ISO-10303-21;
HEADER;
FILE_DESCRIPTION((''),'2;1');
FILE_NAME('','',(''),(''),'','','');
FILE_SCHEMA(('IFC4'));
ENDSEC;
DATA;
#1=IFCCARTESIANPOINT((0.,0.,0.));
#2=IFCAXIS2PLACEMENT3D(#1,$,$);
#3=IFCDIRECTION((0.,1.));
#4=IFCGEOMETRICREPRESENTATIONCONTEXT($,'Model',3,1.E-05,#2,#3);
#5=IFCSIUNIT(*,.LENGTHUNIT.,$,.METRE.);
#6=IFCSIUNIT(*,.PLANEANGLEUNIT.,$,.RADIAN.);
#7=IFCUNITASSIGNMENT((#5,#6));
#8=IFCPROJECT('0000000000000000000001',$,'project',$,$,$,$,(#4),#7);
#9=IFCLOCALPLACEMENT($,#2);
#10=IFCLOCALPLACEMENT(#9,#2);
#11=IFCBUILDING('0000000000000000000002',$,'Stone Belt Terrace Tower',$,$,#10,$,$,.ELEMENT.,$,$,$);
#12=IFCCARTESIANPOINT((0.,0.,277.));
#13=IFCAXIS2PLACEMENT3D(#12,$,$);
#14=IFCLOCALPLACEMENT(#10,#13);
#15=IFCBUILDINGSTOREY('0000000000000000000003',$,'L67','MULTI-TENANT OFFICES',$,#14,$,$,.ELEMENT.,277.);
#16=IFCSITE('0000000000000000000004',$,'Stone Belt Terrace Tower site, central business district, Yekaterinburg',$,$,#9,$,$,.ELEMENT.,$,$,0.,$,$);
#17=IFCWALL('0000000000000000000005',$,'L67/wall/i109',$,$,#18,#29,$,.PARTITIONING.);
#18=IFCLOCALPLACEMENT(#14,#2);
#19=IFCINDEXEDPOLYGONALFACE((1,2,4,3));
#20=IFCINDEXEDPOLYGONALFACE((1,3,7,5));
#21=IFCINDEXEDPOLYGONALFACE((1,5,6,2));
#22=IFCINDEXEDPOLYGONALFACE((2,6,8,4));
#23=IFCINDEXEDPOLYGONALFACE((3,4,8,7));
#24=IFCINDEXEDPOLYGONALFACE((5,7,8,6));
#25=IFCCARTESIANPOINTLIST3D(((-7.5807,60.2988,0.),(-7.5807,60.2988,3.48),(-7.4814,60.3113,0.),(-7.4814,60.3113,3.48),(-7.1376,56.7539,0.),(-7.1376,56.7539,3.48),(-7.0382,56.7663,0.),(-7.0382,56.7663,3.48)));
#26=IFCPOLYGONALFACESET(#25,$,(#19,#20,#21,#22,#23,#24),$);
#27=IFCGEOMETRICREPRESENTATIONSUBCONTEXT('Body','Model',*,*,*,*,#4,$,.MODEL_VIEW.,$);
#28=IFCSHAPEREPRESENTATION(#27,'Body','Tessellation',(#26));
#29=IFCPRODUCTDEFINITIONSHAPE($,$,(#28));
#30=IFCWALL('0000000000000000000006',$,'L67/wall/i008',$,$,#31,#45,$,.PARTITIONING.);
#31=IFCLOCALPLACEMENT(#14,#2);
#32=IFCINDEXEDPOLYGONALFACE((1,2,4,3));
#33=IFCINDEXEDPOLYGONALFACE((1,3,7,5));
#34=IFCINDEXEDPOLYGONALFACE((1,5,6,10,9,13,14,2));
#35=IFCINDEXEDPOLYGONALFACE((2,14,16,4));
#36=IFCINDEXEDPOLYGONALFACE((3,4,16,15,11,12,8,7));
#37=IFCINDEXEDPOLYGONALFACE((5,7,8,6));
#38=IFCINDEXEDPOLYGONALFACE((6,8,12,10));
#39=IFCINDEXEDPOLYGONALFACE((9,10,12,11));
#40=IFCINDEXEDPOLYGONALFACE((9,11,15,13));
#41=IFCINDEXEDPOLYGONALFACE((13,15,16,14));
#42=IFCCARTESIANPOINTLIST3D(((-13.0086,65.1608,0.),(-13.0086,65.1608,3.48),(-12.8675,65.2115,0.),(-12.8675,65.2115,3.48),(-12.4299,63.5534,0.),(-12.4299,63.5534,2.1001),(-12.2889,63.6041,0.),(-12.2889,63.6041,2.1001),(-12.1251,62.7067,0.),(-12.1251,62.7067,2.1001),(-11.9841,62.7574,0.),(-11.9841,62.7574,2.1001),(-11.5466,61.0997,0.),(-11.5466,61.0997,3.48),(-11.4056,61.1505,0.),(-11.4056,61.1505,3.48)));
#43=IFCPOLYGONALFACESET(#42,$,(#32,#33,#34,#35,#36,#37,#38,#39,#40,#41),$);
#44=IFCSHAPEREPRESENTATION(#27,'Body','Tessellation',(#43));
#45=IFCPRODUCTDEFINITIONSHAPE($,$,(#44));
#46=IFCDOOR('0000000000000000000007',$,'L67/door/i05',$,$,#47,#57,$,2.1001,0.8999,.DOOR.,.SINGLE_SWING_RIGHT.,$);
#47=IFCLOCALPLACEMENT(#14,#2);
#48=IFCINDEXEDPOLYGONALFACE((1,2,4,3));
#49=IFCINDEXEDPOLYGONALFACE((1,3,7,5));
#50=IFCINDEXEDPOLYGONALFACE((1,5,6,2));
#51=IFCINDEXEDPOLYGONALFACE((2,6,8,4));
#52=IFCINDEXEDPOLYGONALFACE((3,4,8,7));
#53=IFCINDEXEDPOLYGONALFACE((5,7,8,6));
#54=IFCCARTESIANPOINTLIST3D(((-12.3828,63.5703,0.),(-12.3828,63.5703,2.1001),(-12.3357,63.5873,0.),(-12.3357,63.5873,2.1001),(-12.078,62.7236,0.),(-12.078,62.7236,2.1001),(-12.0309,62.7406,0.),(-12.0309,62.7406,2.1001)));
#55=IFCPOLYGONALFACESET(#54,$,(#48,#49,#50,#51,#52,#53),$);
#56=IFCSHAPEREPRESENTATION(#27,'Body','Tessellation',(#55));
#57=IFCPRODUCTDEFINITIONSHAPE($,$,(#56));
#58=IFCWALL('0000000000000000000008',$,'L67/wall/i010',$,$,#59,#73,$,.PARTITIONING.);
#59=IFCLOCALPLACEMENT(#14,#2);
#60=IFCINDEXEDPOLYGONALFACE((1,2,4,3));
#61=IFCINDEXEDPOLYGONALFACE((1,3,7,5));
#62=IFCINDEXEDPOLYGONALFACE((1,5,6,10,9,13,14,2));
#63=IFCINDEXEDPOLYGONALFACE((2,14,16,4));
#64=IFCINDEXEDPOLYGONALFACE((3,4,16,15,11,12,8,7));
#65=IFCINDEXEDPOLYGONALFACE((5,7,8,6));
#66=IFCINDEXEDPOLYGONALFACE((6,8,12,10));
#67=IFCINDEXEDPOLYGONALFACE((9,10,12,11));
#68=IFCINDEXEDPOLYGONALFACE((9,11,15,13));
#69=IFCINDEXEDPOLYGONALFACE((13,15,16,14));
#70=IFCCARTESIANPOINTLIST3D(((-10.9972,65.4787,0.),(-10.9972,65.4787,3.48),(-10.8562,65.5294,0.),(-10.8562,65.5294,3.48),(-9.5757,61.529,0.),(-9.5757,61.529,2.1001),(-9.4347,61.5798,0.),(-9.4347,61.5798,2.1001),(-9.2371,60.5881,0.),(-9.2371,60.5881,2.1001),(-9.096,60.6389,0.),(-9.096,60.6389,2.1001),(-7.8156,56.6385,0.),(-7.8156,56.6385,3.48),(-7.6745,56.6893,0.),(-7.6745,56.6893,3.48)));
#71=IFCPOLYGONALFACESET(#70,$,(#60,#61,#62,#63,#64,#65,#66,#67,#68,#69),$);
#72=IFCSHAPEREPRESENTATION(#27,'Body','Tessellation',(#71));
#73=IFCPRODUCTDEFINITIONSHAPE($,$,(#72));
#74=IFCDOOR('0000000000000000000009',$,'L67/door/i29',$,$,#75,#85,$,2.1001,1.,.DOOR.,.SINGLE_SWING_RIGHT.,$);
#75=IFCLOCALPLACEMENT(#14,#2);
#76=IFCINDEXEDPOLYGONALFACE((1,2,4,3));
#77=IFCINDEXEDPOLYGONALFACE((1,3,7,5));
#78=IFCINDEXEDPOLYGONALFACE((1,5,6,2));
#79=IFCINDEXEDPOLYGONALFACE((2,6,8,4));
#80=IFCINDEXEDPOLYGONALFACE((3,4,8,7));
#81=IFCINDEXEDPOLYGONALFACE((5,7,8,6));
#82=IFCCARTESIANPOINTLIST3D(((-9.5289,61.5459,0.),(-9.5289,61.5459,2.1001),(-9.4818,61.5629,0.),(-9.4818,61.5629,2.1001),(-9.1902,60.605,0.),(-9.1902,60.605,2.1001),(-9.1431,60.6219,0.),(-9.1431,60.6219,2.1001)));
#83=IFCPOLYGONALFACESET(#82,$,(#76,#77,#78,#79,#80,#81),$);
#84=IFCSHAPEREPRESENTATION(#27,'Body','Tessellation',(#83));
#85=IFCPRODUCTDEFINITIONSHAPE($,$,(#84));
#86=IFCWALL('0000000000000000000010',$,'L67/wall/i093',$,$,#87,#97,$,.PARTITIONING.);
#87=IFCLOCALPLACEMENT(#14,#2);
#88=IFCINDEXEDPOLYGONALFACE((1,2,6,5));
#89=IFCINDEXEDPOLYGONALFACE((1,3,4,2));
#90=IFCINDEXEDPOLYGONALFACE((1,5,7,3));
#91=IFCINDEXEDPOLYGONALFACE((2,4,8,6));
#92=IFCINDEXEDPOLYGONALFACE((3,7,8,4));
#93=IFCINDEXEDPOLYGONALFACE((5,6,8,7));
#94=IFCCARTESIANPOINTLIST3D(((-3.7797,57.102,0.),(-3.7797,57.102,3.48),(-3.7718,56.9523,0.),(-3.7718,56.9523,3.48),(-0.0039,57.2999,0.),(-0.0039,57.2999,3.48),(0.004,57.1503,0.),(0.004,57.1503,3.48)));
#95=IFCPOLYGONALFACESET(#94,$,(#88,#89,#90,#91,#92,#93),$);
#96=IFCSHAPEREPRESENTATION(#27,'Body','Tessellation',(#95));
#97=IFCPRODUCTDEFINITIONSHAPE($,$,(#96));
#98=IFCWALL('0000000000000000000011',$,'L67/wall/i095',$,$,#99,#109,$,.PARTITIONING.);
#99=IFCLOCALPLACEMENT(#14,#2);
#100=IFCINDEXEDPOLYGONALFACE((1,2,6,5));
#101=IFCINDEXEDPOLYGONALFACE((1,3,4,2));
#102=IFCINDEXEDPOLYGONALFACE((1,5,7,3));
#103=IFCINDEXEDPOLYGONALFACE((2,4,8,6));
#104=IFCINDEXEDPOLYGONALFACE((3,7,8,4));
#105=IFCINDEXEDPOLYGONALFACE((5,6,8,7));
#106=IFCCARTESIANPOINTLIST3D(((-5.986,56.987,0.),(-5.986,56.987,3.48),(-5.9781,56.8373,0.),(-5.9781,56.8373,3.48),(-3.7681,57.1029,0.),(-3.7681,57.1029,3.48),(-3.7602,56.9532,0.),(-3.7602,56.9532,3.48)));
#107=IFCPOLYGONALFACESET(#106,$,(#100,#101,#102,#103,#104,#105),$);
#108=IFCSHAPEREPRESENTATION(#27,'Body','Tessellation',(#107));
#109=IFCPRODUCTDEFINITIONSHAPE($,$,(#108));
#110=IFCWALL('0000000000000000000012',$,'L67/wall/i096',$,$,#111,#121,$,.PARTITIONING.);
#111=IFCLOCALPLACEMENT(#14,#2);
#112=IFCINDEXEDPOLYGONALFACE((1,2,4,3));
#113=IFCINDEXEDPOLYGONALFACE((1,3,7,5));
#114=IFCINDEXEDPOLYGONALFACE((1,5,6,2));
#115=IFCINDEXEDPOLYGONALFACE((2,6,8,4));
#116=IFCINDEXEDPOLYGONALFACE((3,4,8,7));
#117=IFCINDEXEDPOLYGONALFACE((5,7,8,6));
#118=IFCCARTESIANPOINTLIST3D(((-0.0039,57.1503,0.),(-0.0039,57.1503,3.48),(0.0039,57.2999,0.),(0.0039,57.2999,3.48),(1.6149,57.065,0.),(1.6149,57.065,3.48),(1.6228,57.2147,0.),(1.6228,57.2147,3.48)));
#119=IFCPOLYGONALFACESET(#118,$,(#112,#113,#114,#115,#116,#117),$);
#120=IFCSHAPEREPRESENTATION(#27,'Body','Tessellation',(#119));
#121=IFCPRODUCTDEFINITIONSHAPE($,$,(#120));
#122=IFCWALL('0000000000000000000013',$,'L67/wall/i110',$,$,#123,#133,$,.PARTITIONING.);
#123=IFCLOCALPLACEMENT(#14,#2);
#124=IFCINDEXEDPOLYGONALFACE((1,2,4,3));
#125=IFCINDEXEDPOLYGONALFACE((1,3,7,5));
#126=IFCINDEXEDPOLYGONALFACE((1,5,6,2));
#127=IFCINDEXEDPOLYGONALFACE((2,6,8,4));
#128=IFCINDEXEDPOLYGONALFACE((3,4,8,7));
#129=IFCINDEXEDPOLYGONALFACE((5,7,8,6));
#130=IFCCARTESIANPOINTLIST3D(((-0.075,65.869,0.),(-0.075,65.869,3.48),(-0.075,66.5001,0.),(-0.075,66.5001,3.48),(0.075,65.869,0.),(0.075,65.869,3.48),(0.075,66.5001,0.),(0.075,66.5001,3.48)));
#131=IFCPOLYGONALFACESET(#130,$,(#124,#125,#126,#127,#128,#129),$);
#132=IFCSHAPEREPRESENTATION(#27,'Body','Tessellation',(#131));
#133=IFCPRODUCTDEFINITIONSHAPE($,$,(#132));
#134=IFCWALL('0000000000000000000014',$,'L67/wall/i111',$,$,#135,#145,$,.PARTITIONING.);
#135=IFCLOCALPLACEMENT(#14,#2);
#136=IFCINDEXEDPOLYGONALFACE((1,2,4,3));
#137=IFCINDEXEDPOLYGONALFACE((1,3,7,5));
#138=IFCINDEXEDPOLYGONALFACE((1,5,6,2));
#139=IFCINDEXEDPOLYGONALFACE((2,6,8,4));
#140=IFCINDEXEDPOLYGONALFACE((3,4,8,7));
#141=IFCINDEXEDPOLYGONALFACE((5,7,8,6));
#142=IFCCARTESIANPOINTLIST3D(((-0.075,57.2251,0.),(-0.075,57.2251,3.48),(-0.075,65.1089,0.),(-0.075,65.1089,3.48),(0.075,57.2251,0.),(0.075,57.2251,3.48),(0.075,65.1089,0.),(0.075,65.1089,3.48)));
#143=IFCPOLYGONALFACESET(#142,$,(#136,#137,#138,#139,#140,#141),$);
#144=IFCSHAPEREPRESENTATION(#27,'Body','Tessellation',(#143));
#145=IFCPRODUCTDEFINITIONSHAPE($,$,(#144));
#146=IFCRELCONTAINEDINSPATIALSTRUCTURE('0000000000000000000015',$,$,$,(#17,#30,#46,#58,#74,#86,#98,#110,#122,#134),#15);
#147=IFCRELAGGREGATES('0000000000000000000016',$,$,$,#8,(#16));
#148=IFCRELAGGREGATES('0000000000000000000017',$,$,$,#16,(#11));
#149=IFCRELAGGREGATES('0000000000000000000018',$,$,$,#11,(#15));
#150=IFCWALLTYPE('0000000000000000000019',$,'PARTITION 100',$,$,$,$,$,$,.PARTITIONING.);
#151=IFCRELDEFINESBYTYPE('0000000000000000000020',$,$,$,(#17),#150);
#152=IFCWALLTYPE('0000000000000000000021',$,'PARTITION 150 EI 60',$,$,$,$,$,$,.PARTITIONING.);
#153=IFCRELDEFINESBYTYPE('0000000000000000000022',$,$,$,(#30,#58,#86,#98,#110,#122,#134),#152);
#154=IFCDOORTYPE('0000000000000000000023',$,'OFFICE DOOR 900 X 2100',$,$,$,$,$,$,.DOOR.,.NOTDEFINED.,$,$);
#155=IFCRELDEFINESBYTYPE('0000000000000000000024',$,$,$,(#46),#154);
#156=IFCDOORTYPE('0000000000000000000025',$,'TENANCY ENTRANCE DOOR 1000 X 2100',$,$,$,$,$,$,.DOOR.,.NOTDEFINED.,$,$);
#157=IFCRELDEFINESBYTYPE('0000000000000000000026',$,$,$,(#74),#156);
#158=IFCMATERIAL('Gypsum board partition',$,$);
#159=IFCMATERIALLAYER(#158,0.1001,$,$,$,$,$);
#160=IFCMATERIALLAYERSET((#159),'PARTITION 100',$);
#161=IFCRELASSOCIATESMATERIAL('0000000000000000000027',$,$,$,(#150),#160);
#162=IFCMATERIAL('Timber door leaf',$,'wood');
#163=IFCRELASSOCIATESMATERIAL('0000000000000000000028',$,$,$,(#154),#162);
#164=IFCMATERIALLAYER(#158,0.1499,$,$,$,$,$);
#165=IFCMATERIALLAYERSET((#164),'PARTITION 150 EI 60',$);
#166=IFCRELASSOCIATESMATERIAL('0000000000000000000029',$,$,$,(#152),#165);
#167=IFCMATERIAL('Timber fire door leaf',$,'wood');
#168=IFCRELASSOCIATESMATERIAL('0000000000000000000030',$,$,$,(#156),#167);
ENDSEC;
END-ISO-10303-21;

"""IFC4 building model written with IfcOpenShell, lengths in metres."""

from ifc_helpers import new_model, si_unit, direction, frame, frame_2d, origin, place, context, subcontext, project, spatial, rectangle, extrude, material, layer, layer_set, type_object, element, fill, save


model = new_model("IFC4")

# Units and contexts
model_context = context("Model", 3, precision=1e-05, world=origin(), true_north=direction((0.0, 1.0)))
body_context = subcontext(model_context, "Body", "Model", "MODEL_VIEW")
ifc_project = project(units=[si_unit("LENGTHUNIT", "METRE"), si_unit("PLANEANGLEUNIT", "RADIAN")], contexts=[model_context])

# Site, building, storey
site_placement = place(None, origin())
site = spatial("IfcSite", under=ifc_project, at=site_placement, Name="Stone Belt Terrace Tower site, central business district, Yekaterinburg", CompositionType="ELEMENT", RefElevation=0.0)
building_placement = place(site_placement, origin())
building = spatial("IfcBuilding", under=site, at=building_placement, Name="Stone Belt Terrace Tower", CompositionType="ELEMENT")
storey_placement = place(building_placement, frame((0.0, 0.0, 277.0)))
storey = spatial("IfcBuildingStorey", under=building, at=storey_placement, Name="L67", Description="MULTI-TENANT OFFICES", CompositionType="ELEMENT", Elevation=277.0)

# Shared definitions
ifc_material_1 = material(Name="Gypsum board partition")
ifc_layer_1 = layer(ifc_material_1, 0.1001)
ifc_layer_set_1 = layer_set([ifc_layer_1], Name="PARTITION 100")
wall_type_1 = type_object("IfcWallType", Name="PARTITION 100", PredefinedType="PARTITIONING", material=ifc_layer_set_1)
ifc_material_2 = material(Name="Timber door leaf", Category="wood")
door_type_1 = type_object("IfcDoorType", Name="OFFICE DOOR 900 X 2100", OperationType="NOTDEFINED", PredefinedType="DOOR", material=ifc_material_2)

# Wall
wall_1_placement = place(storey_placement, frame((-7.531, 60.3049, 0.0), z_axis=(0.0, 0.0, 1.0), x_axis=(0.124035, -0.992278, 0.0)))
element("IfcWall", 1, at=wall_1_placement, inside=storey, type_object=wall_type_1, Name="L67/wall/i109", PredefinedType="PARTITIONING", context=body_context, shape_type="SweptSolid", body=[
    extrude(rectangle(XDim=3.5725, YDim=0.1001, at=frame_2d((1.7861, 0.0))), origin(), (0.0, 0.0, 1.0), 3.48),
])

# Walls, openings, doors
ifc_layer_2 = layer(ifc_material_1, 0.1499)
ifc_layer_set_2 = layer_set([ifc_layer_2], Name="PARTITION 150 EI 60")
wall_type_2 = type_object("IfcWallType", Name="PARTITION 150 EI 60", PredefinedType="PARTITIONING", material=ifc_layer_set_2)
wall_2_placement = place(storey_placement, frame((-11.4761, 61.125, 0.0), z_axis=(0.0, 0.0, 1.0), x_axis=(-0.338707, 0.940892, 0.0)))
wall_2 = element("IfcWall", 2, at=wall_2_placement, inside=storey, type_object=wall_type_2, Name="L67/wall/i008", PredefinedType="PARTITIONING", context=body_context, shape_type="SweptSolid", body=[
    extrude(rectangle(XDim=4.3162, YDim=0.1499, at=frame_2d((2.1582, 0.0))), origin(), (0.0, 0.0, 1.0), 3.48),
])
opening_1_placement = place(wall_2_placement, frame((1.708, 0.0, 0.0)))
opening_1 = element("IfcOpeningElement", 3, at=opening_1_placement, cuts=wall_2, PredefinedType="OPENING", context=body_context, shape_type="SweptSolid", body=[
    extrude(rectangle(XDim=0.8999, YDim=2.1001, at=frame_2d((0.45, 1.05))), frame((0.0, 0.085, 0.0), z_axis=(0.0, -1.0, 0.0), x_axis=(1.0, 0.0, 0.0)), (0.0, 0.0, 1.0), 0.1699),
])
door_1_placement = place(opening_1_placement, origin())
door_1 = element("IfcDoor", 4, at=door_1_placement, inside=storey, type_object=door_type_1, Name="L67/door/i05", OperationType="SINGLE_SWING_RIGHT", OverallHeight=2.1001, OverallWidth=0.8999, PredefinedType="DOOR", context=body_context, shape_type="SweptSolid", body=[
    extrude(rectangle(XDim=0.8999, YDim=2.1001, at=frame_2d((0.45, 1.05))), frame((0.0, 0.0249, 0.0), z_axis=(0.0, -1.0, 0.0), x_axis=(1.0, 0.0, 0.0)), (0.0, 0.0, 1.0), 0.05),
])
fill(opening_1, door_1)
wall_3_placement = place(storey_placement, frame((-10.9268, 65.5042, 0.0), z_axis=(0.0, 0.0, 1.0), x_axis=(0.338645, -0.940914, 0.0)))
wall_3 = element("IfcWall", 5, at=wall_3_placement, inside=storey, type_object=wall_type_2, Name="L67/wall/i010", PredefinedType="PARTITIONING", context=body_context, shape_type="SweptSolid", body=[
    extrude(rectangle(XDim=9.3953, YDim=0.1499, at=frame_2d((4.6978, 0.0))), origin(), (0.0, 0.0, 1.0), 3.48),
])
opening_2_placement = place(wall_3_placement, frame((4.1978, 0.0, 0.0)))
opening_2 = element("IfcOpeningElement", 6, at=opening_2_placement, cuts=wall_3, PredefinedType="OPENING", context=body_context, shape_type="SweptSolid", body=[
    extrude(rectangle(XDim=1.0, YDim=2.1001, at=frame_2d((0.5, 1.05))), frame((0.0, 0.085, 0.0), z_axis=(0.0, -1.0, 0.0), x_axis=(1.0, 0.0, 0.0)), (0.0, 0.0, 1.0), 0.1699),
])
ifc_material_3 = material(Name="Timber fire door leaf", Category="wood")
door_type_2 = type_object("IfcDoorType", Name="TENANCY ENTRANCE DOOR 1000 X 2100", OperationType="NOTDEFINED", PredefinedType="DOOR", material=ifc_material_3)
door_2_placement = place(opening_2_placement, origin())
door_2 = element("IfcDoor", 7, at=door_2_placement, inside=storey, type_object=door_type_2, Name="L67/door/i29", OperationType="SINGLE_SWING_RIGHT", OverallHeight=2.1001, OverallWidth=1.0, PredefinedType="DOOR", context=body_context, shape_type="SweptSolid", body=[
    extrude(rectangle(XDim=1.0, YDim=2.1001, at=frame_2d((0.5, 1.05))), frame((0.0, 0.0249, 0.0), z_axis=(0.0, -1.0, 0.0), x_axis=(1.0, 0.0, 0.0)), (0.0, 0.0, 1.0), 0.05),
])
fill(opening_2, door_2)

# Walls
wall_4_placement = place(storey_placement, frame((-3.7759, 57.0271, 0.0), z_axis=(0.0, 0.0, 1.0), x_axis=(0.998628, 0.052366, 0.0)))
element("IfcWall", 8, at=wall_4_placement, inside=storey, type_object=wall_type_2, Name="L67/wall/i093", PredefinedType="PARTITIONING", context=body_context, shape_type="SweptSolid", body=[
    extrude(rectangle(XDim=3.781, YDim=0.1499, at=frame_2d((1.8906, 0.0))), origin(), (0.0, 0.0, 1.0), 3.48),
])
wall_5_placement = place(storey_placement, frame((-5.9819, 56.9121, 0.0), z_axis=(0.0, 0.0, 1.0), x_axis=(0.998636, 0.052213, 0.0)))
element("IfcWall", 9, at=wall_5_placement, inside=storey, type_object=wall_type_2, Name="L67/wall/i095", PredefinedType="PARTITIONING", context=body_context, shape_type="SweptSolid", body=[
    extrude(rectangle(XDim=2.2209, YDim=0.1499, at=frame_2d((1.1104, 0.0))), origin(), (0.0, 0.0, 1.0), 3.48),
])
wall_6_placement = place(storey_placement, frame((0.0, 57.2251, 0.0), z_axis=(0.0, 0.0, 1.0), x_axis=(0.998618, -0.052559, 0.0)))
element("IfcWall", 10, at=wall_6_placement, inside=storey, type_object=wall_type_2, Name="L67/wall/i096", PredefinedType="PARTITIONING", context=body_context, shape_type="SweptSolid", body=[
    extrude(rectangle(XDim=1.6211, YDim=0.1499, at=frame_2d((0.8105, 0.0))), origin(), (0.0, 0.0, 1.0), 3.48),
])
wall_7_placement = place(storey_placement, frame((0.0, 66.5, 0.0), z_axis=(0.0, 0.0, 1.0), x_axis=(0.0, -1.0, 0.0)))
element("IfcWall", 11, at=wall_7_placement, inside=storey, type_object=wall_type_2, Name="L67/wall/i110", PredefinedType="PARTITIONING", context=body_context, shape_type="SweptSolid", body=[
    extrude(rectangle(XDim=0.6311, YDim=0.1499, at=frame_2d((0.3154, 0.0))), origin(), (0.0, 0.0, 1.0), 3.48),
])
wall_8_placement = place(storey_placement, frame((0.0, 65.1089, 0.0), z_axis=(0.0, 0.0, 1.0), x_axis=(0.0, -1.0, 0.0)))
element("IfcWall", 12, at=wall_8_placement, inside=storey, type_object=wall_type_2, Name="L67/wall/i111", PredefinedType="PARTITIONING", context=body_context, shape_type="SweptSolid", body=[
    extrude(rectangle(XDim=7.8838, YDim=0.1499, at=frame_2d((3.9419, 0.0))), origin(), (0.0, 0.0, 1.0), 3.48),
])

save(model, "model.ifc")
